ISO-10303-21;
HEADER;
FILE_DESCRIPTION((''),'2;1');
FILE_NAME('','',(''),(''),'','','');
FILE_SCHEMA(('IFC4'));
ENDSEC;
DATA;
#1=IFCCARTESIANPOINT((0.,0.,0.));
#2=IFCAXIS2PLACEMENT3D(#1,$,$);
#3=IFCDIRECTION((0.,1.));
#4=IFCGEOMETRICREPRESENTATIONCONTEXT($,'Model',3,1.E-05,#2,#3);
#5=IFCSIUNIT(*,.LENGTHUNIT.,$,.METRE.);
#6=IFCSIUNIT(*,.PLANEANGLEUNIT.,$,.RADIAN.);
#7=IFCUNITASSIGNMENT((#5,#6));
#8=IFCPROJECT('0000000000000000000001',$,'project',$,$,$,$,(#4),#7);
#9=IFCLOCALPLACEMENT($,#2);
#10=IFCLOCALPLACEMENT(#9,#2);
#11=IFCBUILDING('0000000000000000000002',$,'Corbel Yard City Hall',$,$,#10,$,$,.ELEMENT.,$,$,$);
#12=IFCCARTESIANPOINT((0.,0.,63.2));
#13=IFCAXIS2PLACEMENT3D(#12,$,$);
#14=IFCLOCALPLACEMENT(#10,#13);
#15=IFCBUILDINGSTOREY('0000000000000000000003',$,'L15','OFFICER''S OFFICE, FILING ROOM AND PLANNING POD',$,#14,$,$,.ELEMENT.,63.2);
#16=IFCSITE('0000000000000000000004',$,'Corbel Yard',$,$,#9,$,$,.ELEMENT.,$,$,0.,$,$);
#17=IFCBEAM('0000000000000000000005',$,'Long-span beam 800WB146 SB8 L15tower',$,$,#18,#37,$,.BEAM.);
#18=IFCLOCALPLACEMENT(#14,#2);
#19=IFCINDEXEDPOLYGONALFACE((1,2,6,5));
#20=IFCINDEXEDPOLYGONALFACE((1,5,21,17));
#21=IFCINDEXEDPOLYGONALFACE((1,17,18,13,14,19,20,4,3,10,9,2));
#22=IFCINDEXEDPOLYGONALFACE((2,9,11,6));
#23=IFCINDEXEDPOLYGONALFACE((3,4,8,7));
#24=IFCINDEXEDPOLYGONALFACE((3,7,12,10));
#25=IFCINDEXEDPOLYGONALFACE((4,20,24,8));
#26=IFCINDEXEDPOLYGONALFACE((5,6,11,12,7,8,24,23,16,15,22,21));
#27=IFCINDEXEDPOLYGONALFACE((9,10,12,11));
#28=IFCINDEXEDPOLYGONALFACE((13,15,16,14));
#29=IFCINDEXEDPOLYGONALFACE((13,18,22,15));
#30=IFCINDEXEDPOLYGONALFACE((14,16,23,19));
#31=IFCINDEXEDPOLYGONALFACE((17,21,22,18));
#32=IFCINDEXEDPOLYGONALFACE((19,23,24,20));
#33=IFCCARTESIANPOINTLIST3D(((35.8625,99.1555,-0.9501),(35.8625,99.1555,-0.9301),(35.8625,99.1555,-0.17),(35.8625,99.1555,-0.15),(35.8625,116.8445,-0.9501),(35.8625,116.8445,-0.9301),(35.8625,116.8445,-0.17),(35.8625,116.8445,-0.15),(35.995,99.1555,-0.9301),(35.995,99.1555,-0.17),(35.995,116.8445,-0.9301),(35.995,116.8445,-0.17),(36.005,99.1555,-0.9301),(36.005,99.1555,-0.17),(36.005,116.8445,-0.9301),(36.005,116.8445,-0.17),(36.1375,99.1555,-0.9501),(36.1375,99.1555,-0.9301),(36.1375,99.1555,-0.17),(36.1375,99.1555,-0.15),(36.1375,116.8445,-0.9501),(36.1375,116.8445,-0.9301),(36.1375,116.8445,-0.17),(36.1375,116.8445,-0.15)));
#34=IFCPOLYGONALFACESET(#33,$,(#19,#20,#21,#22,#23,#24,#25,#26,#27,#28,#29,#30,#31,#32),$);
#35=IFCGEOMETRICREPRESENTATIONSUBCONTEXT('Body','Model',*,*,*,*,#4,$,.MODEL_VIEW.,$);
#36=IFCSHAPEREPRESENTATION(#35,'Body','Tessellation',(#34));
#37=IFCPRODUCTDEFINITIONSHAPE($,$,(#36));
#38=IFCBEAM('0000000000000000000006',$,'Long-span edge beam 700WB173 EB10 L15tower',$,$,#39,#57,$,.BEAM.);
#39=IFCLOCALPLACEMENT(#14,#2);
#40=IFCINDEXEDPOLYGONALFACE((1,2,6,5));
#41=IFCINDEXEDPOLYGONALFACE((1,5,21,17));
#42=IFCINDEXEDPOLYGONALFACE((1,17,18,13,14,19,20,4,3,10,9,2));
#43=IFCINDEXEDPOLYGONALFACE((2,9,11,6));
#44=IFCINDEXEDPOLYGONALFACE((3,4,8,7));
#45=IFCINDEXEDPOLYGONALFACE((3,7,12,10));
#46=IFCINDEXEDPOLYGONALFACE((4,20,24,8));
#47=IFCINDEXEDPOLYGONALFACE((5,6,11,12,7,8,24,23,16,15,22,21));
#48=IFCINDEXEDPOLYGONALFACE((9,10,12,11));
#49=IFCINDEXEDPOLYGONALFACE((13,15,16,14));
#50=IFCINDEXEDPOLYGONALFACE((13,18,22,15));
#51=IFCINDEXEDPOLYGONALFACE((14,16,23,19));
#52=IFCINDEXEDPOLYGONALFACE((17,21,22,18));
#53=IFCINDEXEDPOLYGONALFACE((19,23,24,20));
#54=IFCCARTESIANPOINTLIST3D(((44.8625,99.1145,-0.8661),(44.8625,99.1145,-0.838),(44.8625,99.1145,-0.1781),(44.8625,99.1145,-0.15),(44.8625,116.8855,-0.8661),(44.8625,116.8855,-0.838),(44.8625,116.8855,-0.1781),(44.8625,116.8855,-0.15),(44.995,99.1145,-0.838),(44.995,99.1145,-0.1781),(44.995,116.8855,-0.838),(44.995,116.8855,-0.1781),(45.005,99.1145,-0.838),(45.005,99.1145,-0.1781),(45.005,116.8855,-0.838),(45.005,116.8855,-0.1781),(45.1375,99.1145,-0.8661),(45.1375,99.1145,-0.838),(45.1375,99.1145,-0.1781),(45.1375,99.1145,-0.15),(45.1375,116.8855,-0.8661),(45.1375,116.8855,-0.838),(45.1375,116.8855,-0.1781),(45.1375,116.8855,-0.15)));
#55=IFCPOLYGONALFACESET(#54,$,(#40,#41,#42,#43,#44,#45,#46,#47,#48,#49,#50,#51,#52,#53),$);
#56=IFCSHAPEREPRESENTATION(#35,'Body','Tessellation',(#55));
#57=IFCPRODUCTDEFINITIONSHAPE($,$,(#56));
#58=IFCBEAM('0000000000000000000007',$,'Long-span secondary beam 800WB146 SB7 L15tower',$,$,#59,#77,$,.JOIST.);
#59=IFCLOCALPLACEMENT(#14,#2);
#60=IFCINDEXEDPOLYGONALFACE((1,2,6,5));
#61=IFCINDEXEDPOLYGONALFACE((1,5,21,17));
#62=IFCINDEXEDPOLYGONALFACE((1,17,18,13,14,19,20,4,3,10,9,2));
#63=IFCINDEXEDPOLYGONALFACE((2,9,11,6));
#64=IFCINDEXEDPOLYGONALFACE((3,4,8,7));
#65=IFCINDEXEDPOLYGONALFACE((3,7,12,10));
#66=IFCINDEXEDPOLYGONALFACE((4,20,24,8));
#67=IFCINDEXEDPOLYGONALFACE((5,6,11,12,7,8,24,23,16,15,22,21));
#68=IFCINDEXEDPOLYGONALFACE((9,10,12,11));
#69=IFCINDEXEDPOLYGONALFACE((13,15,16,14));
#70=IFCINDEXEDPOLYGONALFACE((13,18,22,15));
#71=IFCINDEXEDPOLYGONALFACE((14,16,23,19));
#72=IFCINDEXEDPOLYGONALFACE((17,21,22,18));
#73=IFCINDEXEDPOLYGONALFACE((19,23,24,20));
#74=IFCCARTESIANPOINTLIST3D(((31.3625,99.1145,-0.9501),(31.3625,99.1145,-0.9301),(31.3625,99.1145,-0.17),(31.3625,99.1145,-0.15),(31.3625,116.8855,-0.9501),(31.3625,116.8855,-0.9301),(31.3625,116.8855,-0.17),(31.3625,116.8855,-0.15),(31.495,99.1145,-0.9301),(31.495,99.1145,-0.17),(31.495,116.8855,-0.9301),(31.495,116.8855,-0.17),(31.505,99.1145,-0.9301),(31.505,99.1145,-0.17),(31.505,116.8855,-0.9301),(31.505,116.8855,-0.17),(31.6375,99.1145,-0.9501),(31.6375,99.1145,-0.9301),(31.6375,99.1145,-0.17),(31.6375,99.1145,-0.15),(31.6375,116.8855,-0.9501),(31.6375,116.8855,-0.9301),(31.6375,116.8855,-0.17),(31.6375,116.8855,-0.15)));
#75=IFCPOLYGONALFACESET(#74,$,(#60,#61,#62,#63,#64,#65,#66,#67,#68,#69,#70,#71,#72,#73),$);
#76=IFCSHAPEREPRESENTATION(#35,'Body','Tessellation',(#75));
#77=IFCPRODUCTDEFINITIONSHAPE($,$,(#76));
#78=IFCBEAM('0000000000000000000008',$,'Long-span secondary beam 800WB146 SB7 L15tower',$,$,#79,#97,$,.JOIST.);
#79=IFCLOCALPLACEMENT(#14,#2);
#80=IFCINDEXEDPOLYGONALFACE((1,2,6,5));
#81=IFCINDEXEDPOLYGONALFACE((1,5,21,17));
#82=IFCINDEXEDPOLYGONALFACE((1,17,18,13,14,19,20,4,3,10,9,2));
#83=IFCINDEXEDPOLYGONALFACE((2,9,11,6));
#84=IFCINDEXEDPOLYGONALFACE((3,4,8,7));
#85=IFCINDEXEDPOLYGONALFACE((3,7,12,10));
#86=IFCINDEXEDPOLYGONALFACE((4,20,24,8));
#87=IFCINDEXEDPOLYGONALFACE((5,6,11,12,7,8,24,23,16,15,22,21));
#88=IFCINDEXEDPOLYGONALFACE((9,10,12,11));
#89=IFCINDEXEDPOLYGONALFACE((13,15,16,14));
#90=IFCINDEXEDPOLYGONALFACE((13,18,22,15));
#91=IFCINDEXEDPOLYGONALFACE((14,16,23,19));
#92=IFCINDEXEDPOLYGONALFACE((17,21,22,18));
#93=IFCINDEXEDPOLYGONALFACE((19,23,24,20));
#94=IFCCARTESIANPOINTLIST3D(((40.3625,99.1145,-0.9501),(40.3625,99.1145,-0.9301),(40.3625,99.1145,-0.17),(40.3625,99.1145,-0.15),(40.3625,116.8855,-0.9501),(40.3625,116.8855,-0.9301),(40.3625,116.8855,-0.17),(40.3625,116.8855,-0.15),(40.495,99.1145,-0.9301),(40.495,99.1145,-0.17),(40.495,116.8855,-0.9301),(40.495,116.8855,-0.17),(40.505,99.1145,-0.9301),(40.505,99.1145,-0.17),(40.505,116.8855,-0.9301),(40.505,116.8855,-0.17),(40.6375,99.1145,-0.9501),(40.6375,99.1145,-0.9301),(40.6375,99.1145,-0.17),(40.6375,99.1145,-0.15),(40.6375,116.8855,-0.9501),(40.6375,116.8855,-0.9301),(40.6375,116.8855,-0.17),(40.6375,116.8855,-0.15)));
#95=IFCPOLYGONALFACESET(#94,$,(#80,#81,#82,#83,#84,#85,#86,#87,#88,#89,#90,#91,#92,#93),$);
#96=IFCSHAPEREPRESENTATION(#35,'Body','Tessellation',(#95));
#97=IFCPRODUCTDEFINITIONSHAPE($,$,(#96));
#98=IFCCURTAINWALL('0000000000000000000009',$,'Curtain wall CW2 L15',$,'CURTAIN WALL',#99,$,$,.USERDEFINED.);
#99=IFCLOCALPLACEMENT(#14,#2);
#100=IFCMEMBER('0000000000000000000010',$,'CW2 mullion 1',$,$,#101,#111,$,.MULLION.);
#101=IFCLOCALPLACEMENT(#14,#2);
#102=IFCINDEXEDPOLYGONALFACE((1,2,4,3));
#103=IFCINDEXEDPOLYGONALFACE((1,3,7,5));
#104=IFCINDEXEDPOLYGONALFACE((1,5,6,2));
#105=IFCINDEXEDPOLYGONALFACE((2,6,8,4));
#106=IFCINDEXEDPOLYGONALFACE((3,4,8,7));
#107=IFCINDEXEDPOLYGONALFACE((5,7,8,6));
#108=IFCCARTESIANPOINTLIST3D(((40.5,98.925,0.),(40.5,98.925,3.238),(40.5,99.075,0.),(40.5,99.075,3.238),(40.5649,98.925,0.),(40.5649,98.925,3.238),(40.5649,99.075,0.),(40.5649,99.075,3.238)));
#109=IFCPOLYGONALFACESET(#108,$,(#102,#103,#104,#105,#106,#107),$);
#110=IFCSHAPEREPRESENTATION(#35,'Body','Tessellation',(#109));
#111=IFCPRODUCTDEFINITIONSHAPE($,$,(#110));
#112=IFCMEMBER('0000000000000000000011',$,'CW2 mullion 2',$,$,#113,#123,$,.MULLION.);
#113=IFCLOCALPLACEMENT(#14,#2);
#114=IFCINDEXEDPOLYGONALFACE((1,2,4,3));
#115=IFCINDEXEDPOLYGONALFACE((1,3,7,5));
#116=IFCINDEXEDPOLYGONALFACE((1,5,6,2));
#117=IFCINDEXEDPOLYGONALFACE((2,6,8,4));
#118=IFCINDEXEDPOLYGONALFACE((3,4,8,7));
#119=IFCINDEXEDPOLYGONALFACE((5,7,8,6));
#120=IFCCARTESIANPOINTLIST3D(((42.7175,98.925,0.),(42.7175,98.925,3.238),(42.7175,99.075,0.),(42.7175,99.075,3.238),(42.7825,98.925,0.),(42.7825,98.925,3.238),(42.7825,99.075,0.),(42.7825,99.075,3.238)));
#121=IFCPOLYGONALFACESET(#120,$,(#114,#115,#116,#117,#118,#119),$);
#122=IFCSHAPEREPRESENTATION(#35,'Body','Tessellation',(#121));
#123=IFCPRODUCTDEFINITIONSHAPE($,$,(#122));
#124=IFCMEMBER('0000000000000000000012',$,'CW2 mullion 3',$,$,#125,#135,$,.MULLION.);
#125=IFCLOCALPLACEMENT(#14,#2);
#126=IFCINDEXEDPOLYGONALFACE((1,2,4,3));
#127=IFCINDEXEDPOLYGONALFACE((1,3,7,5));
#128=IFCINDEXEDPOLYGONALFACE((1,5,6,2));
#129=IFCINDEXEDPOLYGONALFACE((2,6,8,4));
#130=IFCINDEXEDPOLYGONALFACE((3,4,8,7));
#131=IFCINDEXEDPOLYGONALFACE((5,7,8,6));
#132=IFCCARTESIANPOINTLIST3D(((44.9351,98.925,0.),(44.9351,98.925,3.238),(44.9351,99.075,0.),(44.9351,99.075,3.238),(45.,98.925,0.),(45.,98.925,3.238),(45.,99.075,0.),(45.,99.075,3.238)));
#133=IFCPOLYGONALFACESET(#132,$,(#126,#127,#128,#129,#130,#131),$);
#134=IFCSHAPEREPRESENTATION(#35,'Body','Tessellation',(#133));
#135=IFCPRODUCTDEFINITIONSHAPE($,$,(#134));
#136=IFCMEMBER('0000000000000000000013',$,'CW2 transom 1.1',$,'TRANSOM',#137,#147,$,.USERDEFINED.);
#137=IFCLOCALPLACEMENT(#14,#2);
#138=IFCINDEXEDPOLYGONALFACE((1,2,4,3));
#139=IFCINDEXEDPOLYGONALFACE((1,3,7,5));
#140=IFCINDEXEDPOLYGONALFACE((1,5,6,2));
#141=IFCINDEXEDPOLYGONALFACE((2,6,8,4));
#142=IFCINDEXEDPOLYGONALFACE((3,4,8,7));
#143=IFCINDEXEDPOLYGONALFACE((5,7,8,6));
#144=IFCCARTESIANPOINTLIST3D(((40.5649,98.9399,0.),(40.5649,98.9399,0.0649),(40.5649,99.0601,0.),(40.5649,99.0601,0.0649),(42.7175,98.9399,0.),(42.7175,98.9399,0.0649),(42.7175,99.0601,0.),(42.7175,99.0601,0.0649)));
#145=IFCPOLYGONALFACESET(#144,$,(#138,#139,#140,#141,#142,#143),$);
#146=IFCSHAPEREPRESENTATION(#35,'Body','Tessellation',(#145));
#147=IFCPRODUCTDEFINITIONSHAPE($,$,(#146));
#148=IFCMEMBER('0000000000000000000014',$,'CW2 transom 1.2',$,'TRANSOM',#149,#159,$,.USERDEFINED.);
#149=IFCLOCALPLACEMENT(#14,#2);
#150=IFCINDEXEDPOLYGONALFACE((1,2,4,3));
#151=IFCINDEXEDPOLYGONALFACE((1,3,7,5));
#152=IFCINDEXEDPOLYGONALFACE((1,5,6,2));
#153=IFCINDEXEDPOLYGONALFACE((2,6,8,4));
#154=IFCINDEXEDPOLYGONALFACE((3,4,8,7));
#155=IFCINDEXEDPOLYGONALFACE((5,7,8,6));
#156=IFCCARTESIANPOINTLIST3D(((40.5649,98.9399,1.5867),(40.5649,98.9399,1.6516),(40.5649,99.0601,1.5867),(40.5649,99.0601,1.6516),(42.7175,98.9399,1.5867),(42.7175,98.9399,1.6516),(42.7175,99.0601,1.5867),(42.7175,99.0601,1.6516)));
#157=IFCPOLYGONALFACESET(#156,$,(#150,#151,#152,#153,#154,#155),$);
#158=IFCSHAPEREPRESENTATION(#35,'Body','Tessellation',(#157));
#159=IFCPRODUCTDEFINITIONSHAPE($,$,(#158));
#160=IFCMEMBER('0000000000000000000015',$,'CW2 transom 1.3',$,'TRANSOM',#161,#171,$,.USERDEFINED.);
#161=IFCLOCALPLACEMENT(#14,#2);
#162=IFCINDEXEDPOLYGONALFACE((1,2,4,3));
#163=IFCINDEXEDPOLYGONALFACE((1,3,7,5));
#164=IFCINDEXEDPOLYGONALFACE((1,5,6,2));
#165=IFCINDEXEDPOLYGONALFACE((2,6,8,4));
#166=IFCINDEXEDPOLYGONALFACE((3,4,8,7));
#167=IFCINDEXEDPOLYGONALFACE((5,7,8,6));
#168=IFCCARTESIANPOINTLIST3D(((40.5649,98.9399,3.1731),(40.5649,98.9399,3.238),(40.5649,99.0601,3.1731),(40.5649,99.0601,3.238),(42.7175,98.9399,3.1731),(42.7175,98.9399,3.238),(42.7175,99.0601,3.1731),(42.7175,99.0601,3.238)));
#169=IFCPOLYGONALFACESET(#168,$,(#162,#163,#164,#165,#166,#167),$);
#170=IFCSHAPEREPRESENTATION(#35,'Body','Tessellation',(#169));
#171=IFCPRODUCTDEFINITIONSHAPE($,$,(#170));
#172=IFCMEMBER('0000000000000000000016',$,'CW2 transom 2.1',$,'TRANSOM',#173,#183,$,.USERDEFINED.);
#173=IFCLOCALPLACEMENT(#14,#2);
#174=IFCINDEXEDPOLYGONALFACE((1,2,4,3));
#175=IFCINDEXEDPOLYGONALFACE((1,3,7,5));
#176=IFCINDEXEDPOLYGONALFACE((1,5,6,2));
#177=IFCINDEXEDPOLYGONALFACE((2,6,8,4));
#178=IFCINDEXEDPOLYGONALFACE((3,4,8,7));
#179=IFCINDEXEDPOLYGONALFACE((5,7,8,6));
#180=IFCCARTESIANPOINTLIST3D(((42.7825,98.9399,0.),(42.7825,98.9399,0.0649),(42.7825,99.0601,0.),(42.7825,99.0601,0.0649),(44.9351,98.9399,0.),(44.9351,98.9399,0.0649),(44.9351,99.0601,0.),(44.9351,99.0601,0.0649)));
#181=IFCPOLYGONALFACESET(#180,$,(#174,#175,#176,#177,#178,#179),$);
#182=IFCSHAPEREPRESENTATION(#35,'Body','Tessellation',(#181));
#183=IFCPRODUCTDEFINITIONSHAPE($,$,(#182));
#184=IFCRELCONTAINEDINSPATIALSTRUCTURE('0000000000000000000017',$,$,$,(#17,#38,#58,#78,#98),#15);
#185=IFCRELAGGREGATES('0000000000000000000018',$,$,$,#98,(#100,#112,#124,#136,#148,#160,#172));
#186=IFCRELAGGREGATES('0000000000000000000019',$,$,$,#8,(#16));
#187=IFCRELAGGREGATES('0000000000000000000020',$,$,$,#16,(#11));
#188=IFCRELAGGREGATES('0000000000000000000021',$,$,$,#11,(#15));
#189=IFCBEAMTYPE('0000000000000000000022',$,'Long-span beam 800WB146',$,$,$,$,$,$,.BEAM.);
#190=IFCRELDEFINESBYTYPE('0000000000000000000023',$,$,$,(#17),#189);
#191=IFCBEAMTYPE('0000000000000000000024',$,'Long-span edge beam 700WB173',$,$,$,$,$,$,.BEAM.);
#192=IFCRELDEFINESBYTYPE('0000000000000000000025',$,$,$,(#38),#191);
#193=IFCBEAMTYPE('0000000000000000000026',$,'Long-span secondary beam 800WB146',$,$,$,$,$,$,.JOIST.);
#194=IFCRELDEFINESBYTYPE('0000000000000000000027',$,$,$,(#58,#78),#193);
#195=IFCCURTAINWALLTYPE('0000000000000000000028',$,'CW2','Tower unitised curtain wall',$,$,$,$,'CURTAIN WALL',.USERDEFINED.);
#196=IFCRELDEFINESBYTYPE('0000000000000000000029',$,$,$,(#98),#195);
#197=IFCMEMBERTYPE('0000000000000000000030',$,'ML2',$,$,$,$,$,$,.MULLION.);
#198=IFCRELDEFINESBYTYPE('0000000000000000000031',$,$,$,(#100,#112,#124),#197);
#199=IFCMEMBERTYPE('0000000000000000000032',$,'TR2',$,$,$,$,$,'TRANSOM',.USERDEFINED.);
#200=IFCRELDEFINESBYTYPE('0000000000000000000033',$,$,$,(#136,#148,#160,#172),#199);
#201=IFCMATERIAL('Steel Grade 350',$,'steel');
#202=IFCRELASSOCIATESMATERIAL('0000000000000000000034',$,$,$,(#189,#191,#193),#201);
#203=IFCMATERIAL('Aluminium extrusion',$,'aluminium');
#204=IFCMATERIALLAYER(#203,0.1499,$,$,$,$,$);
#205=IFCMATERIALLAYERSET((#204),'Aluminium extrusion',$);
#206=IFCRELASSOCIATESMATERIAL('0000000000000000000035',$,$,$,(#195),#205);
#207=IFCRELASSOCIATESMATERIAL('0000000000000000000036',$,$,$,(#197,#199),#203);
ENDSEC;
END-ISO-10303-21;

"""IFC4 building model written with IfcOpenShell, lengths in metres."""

from ifc_helpers import new_model, si_unit, direction, frame, origin, origin_2d, place, context, subcontext, project, spatial, rectangle, i_section, extrude, material, layer, layer_set, material_profile, profile_set, type_object, element, aggregate, save


model = new_model("IFC4")

# Units and contexts
model_context = context("Model", 3, precision=1e-05, world=origin(), true_north=direction((0.0, 1.0)))
body_context = subcontext(model_context, "Body", "Model", "MODEL_VIEW")
ifc_project = project(units=[si_unit("LENGTHUNIT", "METRE"), si_unit("PLANEANGLEUNIT", "RADIAN")], contexts=[model_context])

# Site, building, storey
site_placement = place(None, origin())
site = spatial("IfcSite", under=ifc_project, at=site_placement, Name="Corbel Yard", CompositionType="ELEMENT", RefElevation=0.0)
building_placement = place(site_placement, origin())
building = spatial("IfcBuilding", under=site, at=building_placement, Name="Corbel Yard City Hall", CompositionType="ELEMENT")
storey_placement = place(building_placement, frame((0.0, 0.0, 63.2)))
storey = spatial("IfcBuildingStorey", under=building, at=storey_placement, Name="L15", Description="OFFICER'S OFFICE, FILING ROOM AND PLANNING POD", CompositionType="ELEMENT", Elevation=63.2)

# Beams
ifc_material_1 = material(Name="Steel Grade 350", Category="steel")
ifc_material_profile_1 = material_profile(ifc_material_1, i_section(OverallWidth=0.2749, OverallDepth=0.8, WebThickness=0.01, FlangeThickness=0.02, at=origin_2d()), Name="800WB146")
ifc_profile_set_1 = profile_set([ifc_material_profile_1], Name="Steel Grade 350")
beam_type_1 = type_object("IfcBeamType", Name="Long-span beam 800WB146", PredefinedType="BEAM", material=ifc_profile_set_1)
beam_1_placement = place(storey_placement, frame((36.0, 99.1555, -0.55), z_axis=(0.0, 1.0, 0.0), x_axis=(-1.0, 0.0, 0.0)))
element("IfcBeam", 1, at=beam_1_placement, inside=storey, type_object=beam_type_1, Name="Long-span beam 800WB146 SB8 L15tower", PredefinedType="BEAM", context=body_context, shape_type="SweptSolid", body=[
    extrude(i_section(OverallWidth=0.2749, OverallDepth=0.8, WebThickness=0.01, FlangeThickness=0.02, at=origin_2d()), origin(), (0.0, 0.0, 1.0), 17.689),
])
ifc_material_profile_2 = material_profile(ifc_material_1, i_section(OverallWidth=0.2749, OverallDepth=0.7161, WebThickness=0.01, FlangeThickness=0.0281, at=origin_2d()), Name="700WB173")
ifc_profile_set_2 = profile_set([ifc_material_profile_2], Name="Steel Grade 350")
beam_type_2 = type_object("IfcBeamType", Name="Long-span edge beam 700WB173", PredefinedType="BEAM", material=ifc_profile_set_2)
beam_2_placement = place(storey_placement, frame((45.0, 99.1145, -0.5081), z_axis=(0.0, 1.0, 0.0), x_axis=(-1.0, 0.0, 0.0)))
element("IfcBeam", 2, at=beam_2_placement, inside=storey, type_object=beam_type_2, Name="Long-span edge beam 700WB173 EB10 L15tower", PredefinedType="BEAM", context=body_context, shape_type="SweptSolid", body=[
    extrude(i_section(OverallWidth=0.2749, OverallDepth=0.7161, WebThickness=0.01, FlangeThickness=0.0281, at=origin_2d()), origin(), (0.0, 0.0, 1.0), 17.771),
])
ifc_material_profile_3 = material_profile(ifc_material_1, i_section(OverallWidth=0.2749, OverallDepth=0.8, WebThickness=0.01, FlangeThickness=0.02, at=origin_2d()), Name="800WB146")
ifc_profile_set_3 = profile_set([ifc_material_profile_3], Name="Steel Grade 350")
beam_type_3 = type_object("IfcBeamType", Name="Long-span secondary beam 800WB146", PredefinedType="JOIST", material=ifc_profile_set_3)
for number, where, z_axis, x_axis, name in (
    (3, (31.5, 99.1145, -0.55), (0.0, 1.0, 0.0), (-1.0, 0.0, 0.0), "Long-span secondary beam 800WB146 SB7 L15tower"),
    (4, (40.5, 99.1145, -0.55), (0.0, 1.0, 0.0), (-1.0, 0.0, 0.0), "Long-span secondary beam 800WB146 SB7 L15tower"),
):
    element("IfcBeam", number, at=place(storey_placement, frame(where, z_axis=z_axis, x_axis=x_axis)), inside=storey, type_object=beam_type_3, Name=name, PredefinedType="JOIST", context=body_context, shape_type="SweptSolid", body=[
        extrude(i_section(OverallWidth=0.2749, OverallDepth=0.8, WebThickness=0.01, FlangeThickness=0.02, at=origin_2d()), origin(), (0.0, 0.0, 1.0), 17.771),
    ])

# Curtain wall, members
ifc_material_2 = material(Name="Aluminium extrusion", Category="aluminium")
ifc_layer_1 = layer(ifc_material_2, 0.1499)
ifc_layer_set_1 = layer_set([ifc_layer_1], Name="Aluminium extrusion")
curtain_wall_type = type_object("IfcCurtainWallType", Name="CW2", Description="Tower unitised curtain wall", ElementType="CURTAIN WALL", PredefinedType="USERDEFINED", material=ifc_layer_set_1)
curtain_wall_placement = place(storey_placement, origin())
curtain_wall = element("IfcCurtainWall", 5, at=curtain_wall_placement, inside=storey, type_object=curtain_wall_type, Name="Curtain wall CW2 L15", ObjectType="CURTAIN WALL", PredefinedType="USERDEFINED")
ifc_material_profile_4 = material_profile(ifc_material_2, rectangle(XDim=0.1499, YDim=0.0649, at=origin_2d()), Name="150x65")
ifc_profile_set_4 = profile_set([ifc_material_profile_4], Name="Aluminium extrusion")
member_type_1 = type_object("IfcMemberType", Name="ML2", PredefinedType="MULLION", material=ifc_profile_set_4)
member_1_placement = place(storey_placement, frame((40.5325, 99.0, 0.0), z_axis=(0.0, 0.0, 1.0), x_axis=(0.0, 1.0, 0.0)))
member_1 = element("IfcMember", 6, at=member_1_placement, type_object=member_type_1, Name="CW2 mullion 1", PredefinedType="MULLION", context=body_context, shape_type="SweptSolid", body=[
    extrude(rectangle(XDim=0.1499, YDim=0.0649, at=origin_2d()), origin(), (0.0, 0.0, 1.0), 3.238),
])
member_2_placement = place(storey_placement, frame((42.75, 99.0, 0.0), z_axis=(0.0, 0.0, 1.0), x_axis=(0.0, 1.0, 0.0)))
member_2 = element("IfcMember", 7, at=member_2_placement, type_object=member_type_1, Name="CW2 mullion 2", PredefinedType="MULLION", context=body_context, shape_type="SweptSolid", body=[
    extrude(rectangle(XDim=0.1499, YDim=0.0649, at=origin_2d()), origin(), (0.0, 0.0, 1.0), 3.238),
])
member_3_placement = place(storey_placement, frame((44.9675, 99.0, 0.0), z_axis=(0.0, 0.0, 1.0), x_axis=(0.0, 1.0, 0.0)))
member_3 = element("IfcMember", 8, at=member_3_placement, type_object=member_type_1, Name="CW2 mullion 3", PredefinedType="MULLION", context=body_context, shape_type="SweptSolid", body=[
    extrude(rectangle(XDim=0.1499, YDim=0.0649, at=origin_2d()), origin(), (0.0, 0.0, 1.0), 3.238),
])
ifc_material_profile_5 = material_profile(ifc_material_2, rectangle(XDim=0.1201, YDim=0.0649, at=origin_2d()), Name="120x65")
ifc_profile_set_5 = profile_set([ifc_material_profile_5], Name="Aluminium extrusion")
member_type_2 = type_object("IfcMemberType", Name="TR2", ElementType="TRANSOM", PredefinedType="USERDEFINED", material=ifc_profile_set_5)
member_4_placement = place(storey_placement, frame((40.5649, 99.0, 0.0325), z_axis=(1.0, 0.0, 0.0), x_axis=(0.0, 1.0, 0.0)))
member_4 = element("IfcMember", 9, at=member_4_placement, type_object=member_type_2, Name="CW2 transom 1.1", ObjectType="TRANSOM", PredefinedType="USERDEFINED", context=body_context, shape_type="SweptSolid", body=[
    extrude(rectangle(XDim=0.1201, YDim=0.0649, at=origin_2d()), origin(), (0.0, 0.0, 1.0), 2.1526),
])
member_5_placement = place(storey_placement, frame((40.5649, 99.0, 1.6191), z_axis=(1.0, 0.0, 0.0), x_axis=(0.0, 1.0, 0.0)))
member_5 = element("IfcMember", 10, at=member_5_placement, type_object=member_type_2, Name="CW2 transom 1.2", ObjectType="TRANSOM", PredefinedType="USERDEFINED", context=body_context, shape_type="SweptSolid", body=[
    extrude(rectangle(XDim=0.1201, YDim=0.0649, at=origin_2d()), origin(), (0.0, 0.0, 1.0), 2.1526),
])
member_6_placement = place(storey_placement, frame((40.5649, 99.0, 3.2056), z_axis=(1.0, 0.0, 0.0), x_axis=(0.0, 1.0, 0.0)))
member_6 = element("IfcMember", 11, at=member_6_placement, type_object=member_type_2, Name="CW2 transom 1.3", ObjectType="TRANSOM", PredefinedType="USERDEFINED", context=body_context, shape_type="SweptSolid", body=[
    extrude(rectangle(XDim=0.1201, YDim=0.0649, at=origin_2d()), origin(), (0.0, 0.0, 1.0), 2.1526),
])
member_7_placement = place(storey_placement, frame((42.7825, 99.0, 0.0325), z_axis=(1.0, 0.0, 0.0), x_axis=(0.0, 1.0, 0.0)))
member_7 = element("IfcMember", 12, at=member_7_placement, type_object=member_type_2, Name="CW2 transom 2.1", ObjectType="TRANSOM", PredefinedType="USERDEFINED", context=body_context, shape_type="SweptSolid", body=[
    extrude(rectangle(XDim=0.1201, YDim=0.0649, at=origin_2d()), origin(), (0.0, 0.0, 1.0), 2.1526),
])
aggregate(curtain_wall, [member_1, member_2, member_3, member_4, member_5, member_6, member_7])

save(model, "model.ifc")
